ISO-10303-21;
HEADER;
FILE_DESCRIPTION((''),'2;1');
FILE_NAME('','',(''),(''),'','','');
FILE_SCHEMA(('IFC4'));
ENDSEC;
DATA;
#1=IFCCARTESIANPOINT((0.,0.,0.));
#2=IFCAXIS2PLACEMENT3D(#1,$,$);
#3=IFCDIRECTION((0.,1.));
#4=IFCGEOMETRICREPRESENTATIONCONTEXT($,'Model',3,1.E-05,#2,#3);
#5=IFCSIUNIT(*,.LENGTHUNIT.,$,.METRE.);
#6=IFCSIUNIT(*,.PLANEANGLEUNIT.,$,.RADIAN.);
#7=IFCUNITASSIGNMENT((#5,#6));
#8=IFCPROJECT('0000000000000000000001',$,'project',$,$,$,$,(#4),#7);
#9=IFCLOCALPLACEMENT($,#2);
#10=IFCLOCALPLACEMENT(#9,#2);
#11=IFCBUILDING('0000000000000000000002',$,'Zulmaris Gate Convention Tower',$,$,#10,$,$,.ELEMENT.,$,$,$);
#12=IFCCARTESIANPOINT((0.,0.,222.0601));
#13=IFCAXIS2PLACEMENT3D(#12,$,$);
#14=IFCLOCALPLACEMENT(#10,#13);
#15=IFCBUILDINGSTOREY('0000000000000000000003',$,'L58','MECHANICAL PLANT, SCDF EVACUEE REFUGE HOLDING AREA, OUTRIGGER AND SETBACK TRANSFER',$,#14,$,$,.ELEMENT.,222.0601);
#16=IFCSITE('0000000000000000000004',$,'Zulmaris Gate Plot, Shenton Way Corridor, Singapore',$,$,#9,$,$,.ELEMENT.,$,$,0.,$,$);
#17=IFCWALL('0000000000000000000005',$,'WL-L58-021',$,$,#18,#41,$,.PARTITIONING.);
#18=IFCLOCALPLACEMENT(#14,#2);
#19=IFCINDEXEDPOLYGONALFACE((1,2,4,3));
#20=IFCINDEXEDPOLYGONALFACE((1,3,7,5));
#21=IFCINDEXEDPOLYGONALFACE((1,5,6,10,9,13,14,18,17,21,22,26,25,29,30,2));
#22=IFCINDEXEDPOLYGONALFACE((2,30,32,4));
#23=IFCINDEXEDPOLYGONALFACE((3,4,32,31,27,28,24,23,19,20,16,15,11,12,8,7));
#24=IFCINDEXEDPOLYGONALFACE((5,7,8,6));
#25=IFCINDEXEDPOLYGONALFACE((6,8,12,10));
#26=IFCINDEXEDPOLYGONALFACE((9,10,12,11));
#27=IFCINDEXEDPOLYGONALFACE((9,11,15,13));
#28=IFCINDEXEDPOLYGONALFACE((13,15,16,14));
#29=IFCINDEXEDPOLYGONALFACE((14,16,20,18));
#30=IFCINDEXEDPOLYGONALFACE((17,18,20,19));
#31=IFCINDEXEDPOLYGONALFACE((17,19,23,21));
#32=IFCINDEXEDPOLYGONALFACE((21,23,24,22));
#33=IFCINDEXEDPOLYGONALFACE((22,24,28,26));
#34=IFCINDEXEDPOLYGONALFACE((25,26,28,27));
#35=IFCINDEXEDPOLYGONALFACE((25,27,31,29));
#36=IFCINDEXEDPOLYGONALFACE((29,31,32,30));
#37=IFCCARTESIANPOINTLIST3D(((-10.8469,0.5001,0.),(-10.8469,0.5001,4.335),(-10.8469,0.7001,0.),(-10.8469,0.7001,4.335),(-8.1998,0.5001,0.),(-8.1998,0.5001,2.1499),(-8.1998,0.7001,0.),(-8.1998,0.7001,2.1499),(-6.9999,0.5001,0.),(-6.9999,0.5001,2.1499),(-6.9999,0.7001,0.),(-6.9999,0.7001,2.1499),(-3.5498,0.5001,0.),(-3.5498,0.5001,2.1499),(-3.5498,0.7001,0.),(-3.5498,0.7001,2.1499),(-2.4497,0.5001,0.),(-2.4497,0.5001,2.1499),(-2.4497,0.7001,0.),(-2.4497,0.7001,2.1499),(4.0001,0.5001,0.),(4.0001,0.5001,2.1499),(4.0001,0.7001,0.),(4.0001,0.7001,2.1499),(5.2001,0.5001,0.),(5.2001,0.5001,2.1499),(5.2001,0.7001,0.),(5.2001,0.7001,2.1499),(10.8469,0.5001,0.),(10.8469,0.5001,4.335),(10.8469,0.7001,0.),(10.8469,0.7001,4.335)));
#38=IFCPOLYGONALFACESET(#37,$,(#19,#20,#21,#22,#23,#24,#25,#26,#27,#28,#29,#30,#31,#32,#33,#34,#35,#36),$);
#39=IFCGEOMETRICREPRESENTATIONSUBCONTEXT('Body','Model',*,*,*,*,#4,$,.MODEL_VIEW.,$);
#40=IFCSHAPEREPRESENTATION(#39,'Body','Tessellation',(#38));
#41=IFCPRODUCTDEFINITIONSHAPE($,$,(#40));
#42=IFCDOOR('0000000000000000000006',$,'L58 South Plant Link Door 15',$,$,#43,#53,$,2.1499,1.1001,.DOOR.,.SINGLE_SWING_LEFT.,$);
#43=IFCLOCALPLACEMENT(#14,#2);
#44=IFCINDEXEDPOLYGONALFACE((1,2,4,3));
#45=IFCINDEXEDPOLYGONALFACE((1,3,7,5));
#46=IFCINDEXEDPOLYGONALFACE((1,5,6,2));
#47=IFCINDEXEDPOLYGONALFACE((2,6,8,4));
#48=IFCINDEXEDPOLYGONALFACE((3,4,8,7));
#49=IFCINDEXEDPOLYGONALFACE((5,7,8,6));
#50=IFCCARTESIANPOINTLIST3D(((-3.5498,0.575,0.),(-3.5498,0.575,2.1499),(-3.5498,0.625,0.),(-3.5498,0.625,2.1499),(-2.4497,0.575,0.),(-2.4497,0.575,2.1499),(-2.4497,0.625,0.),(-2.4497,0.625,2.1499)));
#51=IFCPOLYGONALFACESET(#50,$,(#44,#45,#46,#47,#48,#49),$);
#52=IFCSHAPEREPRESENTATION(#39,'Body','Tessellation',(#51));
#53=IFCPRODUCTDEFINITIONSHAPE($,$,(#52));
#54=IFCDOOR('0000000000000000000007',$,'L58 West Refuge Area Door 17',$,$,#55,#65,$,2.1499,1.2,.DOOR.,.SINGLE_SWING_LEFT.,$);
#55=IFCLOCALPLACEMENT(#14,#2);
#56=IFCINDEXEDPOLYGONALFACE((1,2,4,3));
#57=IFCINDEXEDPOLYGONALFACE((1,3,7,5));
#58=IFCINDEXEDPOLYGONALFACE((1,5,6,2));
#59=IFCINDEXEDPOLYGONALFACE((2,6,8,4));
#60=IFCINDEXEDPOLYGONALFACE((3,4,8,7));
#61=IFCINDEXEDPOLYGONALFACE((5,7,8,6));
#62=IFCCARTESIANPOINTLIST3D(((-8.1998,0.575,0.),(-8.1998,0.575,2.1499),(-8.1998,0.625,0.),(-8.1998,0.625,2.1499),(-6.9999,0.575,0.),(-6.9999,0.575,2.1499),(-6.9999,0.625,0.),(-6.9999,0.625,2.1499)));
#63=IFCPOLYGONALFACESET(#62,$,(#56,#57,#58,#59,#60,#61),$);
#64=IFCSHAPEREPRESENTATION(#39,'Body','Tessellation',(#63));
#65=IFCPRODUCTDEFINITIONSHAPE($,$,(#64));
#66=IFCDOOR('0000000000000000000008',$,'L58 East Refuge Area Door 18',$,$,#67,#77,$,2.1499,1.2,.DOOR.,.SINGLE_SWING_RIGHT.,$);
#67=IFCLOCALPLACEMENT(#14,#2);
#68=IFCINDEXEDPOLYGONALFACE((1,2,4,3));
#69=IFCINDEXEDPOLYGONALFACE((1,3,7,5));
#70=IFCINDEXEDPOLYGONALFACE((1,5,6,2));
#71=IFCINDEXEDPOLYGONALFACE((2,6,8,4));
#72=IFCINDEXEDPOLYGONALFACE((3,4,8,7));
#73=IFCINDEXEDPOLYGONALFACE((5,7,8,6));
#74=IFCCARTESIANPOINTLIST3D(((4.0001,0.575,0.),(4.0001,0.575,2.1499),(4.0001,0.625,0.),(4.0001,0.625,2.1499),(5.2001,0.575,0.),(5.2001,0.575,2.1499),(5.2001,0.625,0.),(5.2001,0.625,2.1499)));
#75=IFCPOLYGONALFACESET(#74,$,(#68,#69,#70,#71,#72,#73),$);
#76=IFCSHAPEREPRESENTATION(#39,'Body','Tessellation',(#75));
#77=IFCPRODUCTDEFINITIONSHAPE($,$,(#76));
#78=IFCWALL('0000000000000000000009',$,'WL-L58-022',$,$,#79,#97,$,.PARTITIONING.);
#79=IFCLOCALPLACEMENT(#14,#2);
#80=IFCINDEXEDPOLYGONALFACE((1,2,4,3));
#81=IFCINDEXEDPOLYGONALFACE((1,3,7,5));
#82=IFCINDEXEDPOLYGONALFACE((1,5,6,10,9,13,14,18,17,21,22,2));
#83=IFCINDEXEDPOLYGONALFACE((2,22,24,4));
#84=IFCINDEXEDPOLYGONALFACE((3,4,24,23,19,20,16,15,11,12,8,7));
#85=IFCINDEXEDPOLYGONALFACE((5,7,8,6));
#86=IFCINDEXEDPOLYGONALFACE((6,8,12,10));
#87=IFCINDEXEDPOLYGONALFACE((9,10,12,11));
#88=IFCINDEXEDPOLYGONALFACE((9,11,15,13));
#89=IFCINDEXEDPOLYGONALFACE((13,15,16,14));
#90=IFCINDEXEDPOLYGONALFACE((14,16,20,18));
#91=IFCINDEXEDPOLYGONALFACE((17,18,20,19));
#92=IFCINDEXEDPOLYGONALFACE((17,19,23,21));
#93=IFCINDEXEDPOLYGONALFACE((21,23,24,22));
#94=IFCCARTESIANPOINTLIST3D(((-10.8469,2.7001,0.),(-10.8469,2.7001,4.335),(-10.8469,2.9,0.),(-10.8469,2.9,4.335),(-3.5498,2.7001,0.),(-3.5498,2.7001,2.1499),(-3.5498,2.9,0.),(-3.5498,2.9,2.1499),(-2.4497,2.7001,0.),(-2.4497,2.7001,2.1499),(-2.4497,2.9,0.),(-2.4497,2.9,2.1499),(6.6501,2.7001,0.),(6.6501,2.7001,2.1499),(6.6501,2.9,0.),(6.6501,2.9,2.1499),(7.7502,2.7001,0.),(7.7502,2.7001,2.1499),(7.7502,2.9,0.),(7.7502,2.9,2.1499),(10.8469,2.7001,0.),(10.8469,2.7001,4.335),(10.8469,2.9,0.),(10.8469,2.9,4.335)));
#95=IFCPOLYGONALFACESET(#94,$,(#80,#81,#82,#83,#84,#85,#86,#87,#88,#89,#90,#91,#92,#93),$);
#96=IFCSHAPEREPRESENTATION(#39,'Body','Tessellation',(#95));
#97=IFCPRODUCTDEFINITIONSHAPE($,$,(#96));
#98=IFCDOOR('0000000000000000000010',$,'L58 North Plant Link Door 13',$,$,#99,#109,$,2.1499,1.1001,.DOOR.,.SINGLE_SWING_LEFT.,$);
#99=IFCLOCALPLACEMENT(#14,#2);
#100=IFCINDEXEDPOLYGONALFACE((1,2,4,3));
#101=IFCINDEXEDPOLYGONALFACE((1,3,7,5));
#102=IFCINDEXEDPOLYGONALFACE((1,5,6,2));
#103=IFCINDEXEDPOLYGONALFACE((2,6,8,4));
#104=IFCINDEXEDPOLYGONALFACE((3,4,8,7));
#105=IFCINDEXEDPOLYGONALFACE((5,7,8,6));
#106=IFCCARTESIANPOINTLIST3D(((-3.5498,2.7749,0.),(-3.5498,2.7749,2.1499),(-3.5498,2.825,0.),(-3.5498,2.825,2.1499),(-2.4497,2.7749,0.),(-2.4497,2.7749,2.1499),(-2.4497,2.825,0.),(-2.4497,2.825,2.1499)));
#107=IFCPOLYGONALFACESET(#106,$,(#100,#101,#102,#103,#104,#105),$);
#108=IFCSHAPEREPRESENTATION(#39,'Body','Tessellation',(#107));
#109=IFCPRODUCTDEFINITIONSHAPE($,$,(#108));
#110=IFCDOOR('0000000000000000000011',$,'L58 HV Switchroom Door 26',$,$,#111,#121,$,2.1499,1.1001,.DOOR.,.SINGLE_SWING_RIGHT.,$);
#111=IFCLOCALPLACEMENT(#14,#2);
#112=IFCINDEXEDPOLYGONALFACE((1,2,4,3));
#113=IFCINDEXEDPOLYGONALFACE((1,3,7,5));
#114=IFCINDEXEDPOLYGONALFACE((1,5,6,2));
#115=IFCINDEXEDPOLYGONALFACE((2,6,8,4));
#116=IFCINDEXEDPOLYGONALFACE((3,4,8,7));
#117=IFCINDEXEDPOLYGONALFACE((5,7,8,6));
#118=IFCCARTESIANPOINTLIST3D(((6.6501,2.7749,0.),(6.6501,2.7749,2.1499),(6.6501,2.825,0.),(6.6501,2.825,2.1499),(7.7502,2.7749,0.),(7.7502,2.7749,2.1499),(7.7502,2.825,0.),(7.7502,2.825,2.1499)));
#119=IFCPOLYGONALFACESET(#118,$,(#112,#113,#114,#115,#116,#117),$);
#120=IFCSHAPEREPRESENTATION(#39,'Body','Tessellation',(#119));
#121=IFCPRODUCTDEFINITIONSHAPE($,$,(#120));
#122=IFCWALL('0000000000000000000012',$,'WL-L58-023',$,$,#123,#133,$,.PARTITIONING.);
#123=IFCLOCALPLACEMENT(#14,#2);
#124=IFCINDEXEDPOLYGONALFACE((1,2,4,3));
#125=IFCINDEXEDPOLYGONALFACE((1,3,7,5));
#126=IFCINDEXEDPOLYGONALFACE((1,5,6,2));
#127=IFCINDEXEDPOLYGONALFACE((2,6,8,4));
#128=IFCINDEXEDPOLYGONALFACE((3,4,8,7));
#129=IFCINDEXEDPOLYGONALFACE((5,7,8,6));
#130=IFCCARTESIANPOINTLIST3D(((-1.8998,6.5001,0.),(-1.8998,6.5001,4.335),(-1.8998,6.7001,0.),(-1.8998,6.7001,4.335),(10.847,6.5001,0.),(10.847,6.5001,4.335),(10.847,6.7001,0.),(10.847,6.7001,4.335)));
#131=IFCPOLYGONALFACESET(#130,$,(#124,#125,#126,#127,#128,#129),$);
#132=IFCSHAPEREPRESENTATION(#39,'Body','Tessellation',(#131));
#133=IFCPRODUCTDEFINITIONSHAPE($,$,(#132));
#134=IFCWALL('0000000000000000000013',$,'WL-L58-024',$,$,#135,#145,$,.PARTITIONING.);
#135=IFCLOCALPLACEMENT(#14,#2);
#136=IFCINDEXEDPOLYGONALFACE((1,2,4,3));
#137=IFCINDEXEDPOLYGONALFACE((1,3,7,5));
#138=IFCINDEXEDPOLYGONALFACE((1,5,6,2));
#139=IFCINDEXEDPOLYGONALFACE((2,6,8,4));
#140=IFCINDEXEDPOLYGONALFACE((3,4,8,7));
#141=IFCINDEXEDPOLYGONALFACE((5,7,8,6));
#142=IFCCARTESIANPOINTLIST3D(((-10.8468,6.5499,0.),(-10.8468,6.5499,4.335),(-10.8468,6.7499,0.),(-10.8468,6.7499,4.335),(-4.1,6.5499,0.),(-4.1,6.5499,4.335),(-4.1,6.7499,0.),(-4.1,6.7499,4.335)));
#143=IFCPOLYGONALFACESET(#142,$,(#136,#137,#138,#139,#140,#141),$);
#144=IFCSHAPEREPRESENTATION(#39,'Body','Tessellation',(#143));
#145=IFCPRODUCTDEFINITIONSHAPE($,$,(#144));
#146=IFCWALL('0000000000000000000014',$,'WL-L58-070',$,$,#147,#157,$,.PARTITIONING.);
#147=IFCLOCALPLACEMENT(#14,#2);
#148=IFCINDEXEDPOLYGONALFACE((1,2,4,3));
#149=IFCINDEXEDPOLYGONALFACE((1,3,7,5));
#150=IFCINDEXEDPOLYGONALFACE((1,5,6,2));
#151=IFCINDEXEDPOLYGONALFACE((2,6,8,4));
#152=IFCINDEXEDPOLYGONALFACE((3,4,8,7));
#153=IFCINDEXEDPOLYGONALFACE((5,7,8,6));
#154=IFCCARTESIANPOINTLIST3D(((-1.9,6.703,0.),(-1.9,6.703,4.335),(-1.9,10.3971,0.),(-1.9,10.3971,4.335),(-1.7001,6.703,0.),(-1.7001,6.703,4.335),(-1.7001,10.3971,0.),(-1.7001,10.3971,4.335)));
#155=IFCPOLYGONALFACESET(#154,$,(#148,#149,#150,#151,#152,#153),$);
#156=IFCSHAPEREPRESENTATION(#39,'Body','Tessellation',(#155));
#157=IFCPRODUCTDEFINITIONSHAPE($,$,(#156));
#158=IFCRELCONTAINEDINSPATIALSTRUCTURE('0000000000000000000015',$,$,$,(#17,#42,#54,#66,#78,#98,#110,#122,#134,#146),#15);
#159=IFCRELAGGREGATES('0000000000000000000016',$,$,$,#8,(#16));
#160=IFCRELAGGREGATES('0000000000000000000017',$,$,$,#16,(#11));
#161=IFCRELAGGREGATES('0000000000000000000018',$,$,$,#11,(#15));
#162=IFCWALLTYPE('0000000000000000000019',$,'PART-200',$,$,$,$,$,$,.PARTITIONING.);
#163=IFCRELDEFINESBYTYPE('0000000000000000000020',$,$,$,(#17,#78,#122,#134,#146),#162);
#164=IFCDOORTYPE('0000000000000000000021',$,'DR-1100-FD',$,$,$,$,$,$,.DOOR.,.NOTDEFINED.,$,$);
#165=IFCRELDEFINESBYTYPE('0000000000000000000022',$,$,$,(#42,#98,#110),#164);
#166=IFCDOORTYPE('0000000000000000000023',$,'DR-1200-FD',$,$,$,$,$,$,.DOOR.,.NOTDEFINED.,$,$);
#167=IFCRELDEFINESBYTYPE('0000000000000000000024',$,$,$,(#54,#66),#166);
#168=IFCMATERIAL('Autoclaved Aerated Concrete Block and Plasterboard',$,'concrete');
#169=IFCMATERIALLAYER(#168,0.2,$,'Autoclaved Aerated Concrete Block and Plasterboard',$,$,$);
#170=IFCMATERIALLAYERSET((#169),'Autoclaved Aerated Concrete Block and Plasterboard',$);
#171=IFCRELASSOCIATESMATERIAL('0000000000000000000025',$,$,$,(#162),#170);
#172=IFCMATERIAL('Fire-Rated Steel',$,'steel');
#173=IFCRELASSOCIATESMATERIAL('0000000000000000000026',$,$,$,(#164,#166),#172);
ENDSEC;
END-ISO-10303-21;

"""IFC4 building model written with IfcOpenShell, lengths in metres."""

from ifc_helpers import new_model, si_unit, direction, frame, frame_2d, origin, place, context, subcontext, project, spatial, rectangle, extrude, material, layer, layer_set, type_object, element, fill, save


model = new_model("IFC4")

# Units and contexts
model_context = context("Model", 3, precision=1e-05, world=origin(), true_north=direction((0.0, 1.0)))
body_context = subcontext(model_context, "Body", "Model", "MODEL_VIEW")
ifc_project = project(units=[si_unit("LENGTHUNIT", "METRE"), si_unit("PLANEANGLEUNIT", "RADIAN")], contexts=[model_context])

# Site, building, storey
site_placement = place(None, origin())
site = spatial("IfcSite", under=ifc_project, at=site_placement, Name="Zulmaris Gate Plot, Shenton Way Corridor, Singapore", CompositionType="ELEMENT", RefElevation=0.0)
building_placement = place(site_placement, origin())
building = spatial("IfcBuilding", under=site, at=building_placement, Name="Zulmaris Gate Convention Tower", CompositionType="ELEMENT")
storey_placement = place(building_placement, frame((0.0, 0.0, 222.0601)))
storey = spatial("IfcBuildingStorey", under=building, at=storey_placement, Name="L58", Description="MECHANICAL PLANT, SCDF EVACUEE REFUGE HOLDING AREA, OUTRIGGER AND SETBACK TRANSFER", CompositionType="ELEMENT", Elevation=222.0601)

# Walls, openings, doors
ifc_material_1 = material(Name="Autoclaved Aerated Concrete Block and Plasterboard", Category="concrete")
ifc_layer_1 = layer(ifc_material_1, 0.2, Name="Autoclaved Aerated Concrete Block and Plasterboard")
ifc_layer_set_1 = layer_set([ifc_layer_1], Name="Autoclaved Aerated Concrete Block and Plasterboard")
wall_type = type_object("IfcWallType", Name="PART-200", PredefinedType="PARTITIONING", material=ifc_layer_set_1)
wall_1_placement = place(storey_placement, frame((-10.8469, 0.6001, 0.0), z_axis=(0.0, 0.0, 1.0), x_axis=(1.0, 0.0, 0.0)))
wall_1 = element("IfcWall", 1, at=wall_1_placement, inside=storey, type_object=wall_type, Name="WL-L58-021", PredefinedType="PARTITIONING", context=body_context, shape_type="SweptSolid", body=[
    extrude(rectangle(XDim=21.6938, YDim=0.2, at=frame_2d((10.8469, 0.0))), origin(), (0.0, 0.0, 1.0), 4.335),
])
opening_1_placement = place(wall_1_placement, frame((7.2971, 0.0, 0.0)))
opening_1 = element("IfcOpeningElement", 2, at=opening_1_placement, cuts=wall_1, PredefinedType="OPENING", context=body_context, shape_type="SweptSolid", body=[
    extrude(rectangle(XDim=1.1001, YDim=2.1499, at=frame_2d((0.55, 1.075))), frame((0.0, 0.1099, 0.0), z_axis=(0.0, -1.0, 0.0), x_axis=(1.0, 0.0, 0.0)), (0.0, 0.0, 1.0), 0.22),
])
opening_2_placement = place(wall_1_placement, frame((2.647, 0.0, 0.0)))
opening_2 = element("IfcOpeningElement", 3, at=opening_2_placement, cuts=wall_1, PredefinedType="OPENING", context=body_context, shape_type="SweptSolid", body=[
    extrude(rectangle(XDim=1.2, YDim=2.1499, at=frame_2d((0.6001, 1.075))), frame((0.0, 0.1099, 0.0), z_axis=(0.0, -1.0, 0.0), x_axis=(1.0, 0.0, 0.0)), (0.0, 0.0, 1.0), 0.22),
])
opening_3_placement = place(wall_1_placement, frame((14.8469, 0.0, 0.0)))
opening_3 = element("IfcOpeningElement", 4, at=opening_3_placement, cuts=wall_1, PredefinedType="OPENING", context=body_context, shape_type="SweptSolid", body=[
    extrude(rectangle(XDim=1.2, YDim=2.1499, at=frame_2d((0.6001, 1.075))), frame((0.0, 0.1099, 0.0), z_axis=(0.0, -1.0, 0.0), x_axis=(1.0, 0.0, 0.0)), (0.0, 0.0, 1.0), 0.22),
])
ifc_material_2 = material(Name="Fire-Rated Steel", Category="steel")
door_type_1 = type_object("IfcDoorType", Name="DR-1100-FD", OperationType="NOTDEFINED", PredefinedType="DOOR", material=ifc_material_2)
door_1_placement = place(opening_1_placement, origin())
door_1 = element("IfcDoor", 5, at=door_1_placement, inside=storey, type_object=door_type_1, Name="L58 South Plant Link Door 15", OperationType="SINGLE_SWING_LEFT", OverallHeight=2.1499, OverallWidth=1.1001, PredefinedType="DOOR", context=body_context, shape_type="SweptSolid", body=[
    extrude(rectangle(XDim=1.1001, YDim=2.1499, at=frame_2d((0.55, 1.075))), frame((0.0, 0.0249, 0.0), z_axis=(0.0, -1.0, 0.0), x_axis=(1.0, 0.0, 0.0)), (0.0, 0.0, 1.0), 0.05),
])
fill(opening_1, door_1)
door_type_2 = type_object("IfcDoorType", Name="DR-1200-FD", OperationType="NOTDEFINED", PredefinedType="DOOR", material=ifc_material_2)
door_2_placement = place(opening_2_placement, origin())
door_2 = element("IfcDoor", 6, at=door_2_placement, inside=storey, type_object=door_type_2, Name="L58 West Refuge Area Door 17", OperationType="SINGLE_SWING_LEFT", OverallHeight=2.1499, OverallWidth=1.2, PredefinedType="DOOR", context=body_context, shape_type="SweptSolid", body=[
    extrude(rectangle(XDim=1.2, YDim=2.1499, at=frame_2d((0.6001, 1.075))), frame((0.0, 0.0249, 0.0), z_axis=(0.0, -1.0, 0.0), x_axis=(1.0, 0.0, 0.0)), (0.0, 0.0, 1.0), 0.05),
])
fill(opening_2, door_2)
door_3_placement = place(opening_3_placement, origin())
door_3 = element("IfcDoor", 7, at=door_3_placement, inside=storey, type_object=door_type_2, Name="L58 East Refuge Area Door 18", OperationType="SINGLE_SWING_RIGHT", OverallHeight=2.1499, OverallWidth=1.2, PredefinedType="DOOR", context=body_context, shape_type="SweptSolid", body=[
    extrude(rectangle(XDim=1.2, YDim=2.1499, at=frame_2d((0.6001, 1.075))), frame((0.0, 0.0249, 0.0), z_axis=(0.0, -1.0, 0.0), x_axis=(1.0, 0.0, 0.0)), (0.0, 0.0, 1.0), 0.05),
])
fill(opening_3, door_3)
wall_2_placement = place(storey_placement, frame((-10.8469, 2.8, 0.0), z_axis=(0.0, 0.0, 1.0), x_axis=(1.0, 0.0, 0.0)))
wall_2 = element("IfcWall", 8, at=wall_2_placement, inside=storey, type_object=wall_type, Name="WL-L58-022", PredefinedType="PARTITIONING", context=body_context, shape_type="SweptSolid", body=[
    extrude(rectangle(XDim=21.6938, YDim=0.2, at=frame_2d((10.8469, 0.0))), origin(), (0.0, 0.0, 1.0), 4.335),
])
opening_4_placement = place(wall_2_placement, frame((7.2971, 0.0, 0.0)))
opening_4 = element("IfcOpeningElement", 9, at=opening_4_placement, cuts=wall_2, PredefinedType="OPENING", context=body_context, shape_type="SweptSolid", body=[
    extrude(rectangle(XDim=1.1001, YDim=2.1499, at=frame_2d((0.55, 1.075))), frame((0.0, 0.1099, 0.0), z_axis=(0.0, -1.0, 0.0), x_axis=(1.0, 0.0, 0.0)), (0.0, 0.0, 1.0), 0.22),
])
opening_5_placement = place(wall_2_placement, frame((17.4971, 0.0, 0.0)))
opening_5 = element("IfcOpeningElement", 10, at=opening_5_placement, cuts=wall_2, PredefinedType="OPENING", context=body_context, shape_type="SweptSolid", body=[
    extrude(rectangle(XDim=1.1001, YDim=2.1499, at=frame_2d((0.55, 1.075))), frame((0.0, 0.1099, 0.0), z_axis=(0.0, -1.0, 0.0), x_axis=(1.0, 0.0, 0.0)), (0.0, 0.0, 1.0), 0.22),
])
door_4_placement = place(opening_4_placement, origin())
door_4 = element("IfcDoor", 11, at=door_4_placement, inside=storey, type_object=door_type_1, Name="L58 North Plant Link Door 13", OperationType="SINGLE_SWING_LEFT", OverallHeight=2.1499, OverallWidth=1.1001, PredefinedType="DOOR", context=body_context, shape_type="SweptSolid", body=[
    extrude(rectangle(XDim=1.1001, YDim=2.1499, at=frame_2d((0.55, 1.075))), frame((0.0, 0.0249, 0.0), z_axis=(0.0, -1.0, 0.0), x_axis=(1.0, 0.0, 0.0)), (0.0, 0.0, 1.0), 0.05),
])
fill(opening_4, door_4)
door_5_placement = place(opening_5_placement, origin())
door_5 = element("IfcDoor", 12, at=door_5_placement, inside=storey, type_object=door_type_1, Name="L58 HV Switchroom Door 26", OperationType="SINGLE_SWING_RIGHT", OverallHeight=2.1499, OverallWidth=1.1001, PredefinedType="DOOR", context=body_context, shape_type="SweptSolid", body=[
    extrude(rectangle(XDim=1.1001, YDim=2.1499, at=frame_2d((0.55, 1.075))), frame((0.0, 0.0249, 0.0), z_axis=(0.0, -1.0, 0.0), x_axis=(1.0, 0.0, 0.0)), (0.0, 0.0, 1.0), 0.05),
])
fill(opening_5, door_5)

# Walls
wall_3_placement = place(storey_placement, frame((-1.8999, 6.6001, 0.0), z_axis=(0.0, 0.0, 1.0), x_axis=(1.0, 0.0, 0.0)))
element("IfcWall", 13, at=wall_3_placement, inside=storey, type_object=wall_type, Name="WL-L58-023", PredefinedType="PARTITIONING", context=body_context, shape_type="SweptSolid", body=[
    extrude(rectangle(XDim=12.7468, YDim=0.2, at=frame_2d((6.3735, 0.0))), origin(), (0.0, 0.0, 1.0), 4.335),
])
wall_4_placement = place(storey_placement, frame((-10.8469, 6.6499, 0.0), z_axis=(0.0, 0.0, 1.0), x_axis=(1.0, 0.0, 0.0)))
element("IfcWall", 14, at=wall_4_placement, inside=storey, type_object=wall_type, Name="WL-L58-024", PredefinedType="PARTITIONING", context=body_context, shape_type="SweptSolid", body=[
    extrude(rectangle(XDim=6.7468, YDim=0.2, at=frame_2d((3.3735, 0.0))), origin(), (0.0, 0.0, 1.0), 4.335),
])

# Wall
wall_5_placement = place(storey_placement, frame((-1.8, 6.7029, 0.0), z_axis=(0.0, 0.0, 1.0), x_axis=(0.0, 1.0, 0.0)))
element("IfcWall", 15, at=wall_5_placement, inside=storey, type_object=wall_type, Name="WL-L58-070", PredefinedType="PARTITIONING", context=body_context, shape_type="SweptSolid", body=[
    extrude(rectangle(XDim=3.6941, YDim=0.2, at=frame_2d((1.8472, 0.0))), origin(), (0.0, 0.0, 1.0), 4.335),
])

save(model, "model.ifc")
